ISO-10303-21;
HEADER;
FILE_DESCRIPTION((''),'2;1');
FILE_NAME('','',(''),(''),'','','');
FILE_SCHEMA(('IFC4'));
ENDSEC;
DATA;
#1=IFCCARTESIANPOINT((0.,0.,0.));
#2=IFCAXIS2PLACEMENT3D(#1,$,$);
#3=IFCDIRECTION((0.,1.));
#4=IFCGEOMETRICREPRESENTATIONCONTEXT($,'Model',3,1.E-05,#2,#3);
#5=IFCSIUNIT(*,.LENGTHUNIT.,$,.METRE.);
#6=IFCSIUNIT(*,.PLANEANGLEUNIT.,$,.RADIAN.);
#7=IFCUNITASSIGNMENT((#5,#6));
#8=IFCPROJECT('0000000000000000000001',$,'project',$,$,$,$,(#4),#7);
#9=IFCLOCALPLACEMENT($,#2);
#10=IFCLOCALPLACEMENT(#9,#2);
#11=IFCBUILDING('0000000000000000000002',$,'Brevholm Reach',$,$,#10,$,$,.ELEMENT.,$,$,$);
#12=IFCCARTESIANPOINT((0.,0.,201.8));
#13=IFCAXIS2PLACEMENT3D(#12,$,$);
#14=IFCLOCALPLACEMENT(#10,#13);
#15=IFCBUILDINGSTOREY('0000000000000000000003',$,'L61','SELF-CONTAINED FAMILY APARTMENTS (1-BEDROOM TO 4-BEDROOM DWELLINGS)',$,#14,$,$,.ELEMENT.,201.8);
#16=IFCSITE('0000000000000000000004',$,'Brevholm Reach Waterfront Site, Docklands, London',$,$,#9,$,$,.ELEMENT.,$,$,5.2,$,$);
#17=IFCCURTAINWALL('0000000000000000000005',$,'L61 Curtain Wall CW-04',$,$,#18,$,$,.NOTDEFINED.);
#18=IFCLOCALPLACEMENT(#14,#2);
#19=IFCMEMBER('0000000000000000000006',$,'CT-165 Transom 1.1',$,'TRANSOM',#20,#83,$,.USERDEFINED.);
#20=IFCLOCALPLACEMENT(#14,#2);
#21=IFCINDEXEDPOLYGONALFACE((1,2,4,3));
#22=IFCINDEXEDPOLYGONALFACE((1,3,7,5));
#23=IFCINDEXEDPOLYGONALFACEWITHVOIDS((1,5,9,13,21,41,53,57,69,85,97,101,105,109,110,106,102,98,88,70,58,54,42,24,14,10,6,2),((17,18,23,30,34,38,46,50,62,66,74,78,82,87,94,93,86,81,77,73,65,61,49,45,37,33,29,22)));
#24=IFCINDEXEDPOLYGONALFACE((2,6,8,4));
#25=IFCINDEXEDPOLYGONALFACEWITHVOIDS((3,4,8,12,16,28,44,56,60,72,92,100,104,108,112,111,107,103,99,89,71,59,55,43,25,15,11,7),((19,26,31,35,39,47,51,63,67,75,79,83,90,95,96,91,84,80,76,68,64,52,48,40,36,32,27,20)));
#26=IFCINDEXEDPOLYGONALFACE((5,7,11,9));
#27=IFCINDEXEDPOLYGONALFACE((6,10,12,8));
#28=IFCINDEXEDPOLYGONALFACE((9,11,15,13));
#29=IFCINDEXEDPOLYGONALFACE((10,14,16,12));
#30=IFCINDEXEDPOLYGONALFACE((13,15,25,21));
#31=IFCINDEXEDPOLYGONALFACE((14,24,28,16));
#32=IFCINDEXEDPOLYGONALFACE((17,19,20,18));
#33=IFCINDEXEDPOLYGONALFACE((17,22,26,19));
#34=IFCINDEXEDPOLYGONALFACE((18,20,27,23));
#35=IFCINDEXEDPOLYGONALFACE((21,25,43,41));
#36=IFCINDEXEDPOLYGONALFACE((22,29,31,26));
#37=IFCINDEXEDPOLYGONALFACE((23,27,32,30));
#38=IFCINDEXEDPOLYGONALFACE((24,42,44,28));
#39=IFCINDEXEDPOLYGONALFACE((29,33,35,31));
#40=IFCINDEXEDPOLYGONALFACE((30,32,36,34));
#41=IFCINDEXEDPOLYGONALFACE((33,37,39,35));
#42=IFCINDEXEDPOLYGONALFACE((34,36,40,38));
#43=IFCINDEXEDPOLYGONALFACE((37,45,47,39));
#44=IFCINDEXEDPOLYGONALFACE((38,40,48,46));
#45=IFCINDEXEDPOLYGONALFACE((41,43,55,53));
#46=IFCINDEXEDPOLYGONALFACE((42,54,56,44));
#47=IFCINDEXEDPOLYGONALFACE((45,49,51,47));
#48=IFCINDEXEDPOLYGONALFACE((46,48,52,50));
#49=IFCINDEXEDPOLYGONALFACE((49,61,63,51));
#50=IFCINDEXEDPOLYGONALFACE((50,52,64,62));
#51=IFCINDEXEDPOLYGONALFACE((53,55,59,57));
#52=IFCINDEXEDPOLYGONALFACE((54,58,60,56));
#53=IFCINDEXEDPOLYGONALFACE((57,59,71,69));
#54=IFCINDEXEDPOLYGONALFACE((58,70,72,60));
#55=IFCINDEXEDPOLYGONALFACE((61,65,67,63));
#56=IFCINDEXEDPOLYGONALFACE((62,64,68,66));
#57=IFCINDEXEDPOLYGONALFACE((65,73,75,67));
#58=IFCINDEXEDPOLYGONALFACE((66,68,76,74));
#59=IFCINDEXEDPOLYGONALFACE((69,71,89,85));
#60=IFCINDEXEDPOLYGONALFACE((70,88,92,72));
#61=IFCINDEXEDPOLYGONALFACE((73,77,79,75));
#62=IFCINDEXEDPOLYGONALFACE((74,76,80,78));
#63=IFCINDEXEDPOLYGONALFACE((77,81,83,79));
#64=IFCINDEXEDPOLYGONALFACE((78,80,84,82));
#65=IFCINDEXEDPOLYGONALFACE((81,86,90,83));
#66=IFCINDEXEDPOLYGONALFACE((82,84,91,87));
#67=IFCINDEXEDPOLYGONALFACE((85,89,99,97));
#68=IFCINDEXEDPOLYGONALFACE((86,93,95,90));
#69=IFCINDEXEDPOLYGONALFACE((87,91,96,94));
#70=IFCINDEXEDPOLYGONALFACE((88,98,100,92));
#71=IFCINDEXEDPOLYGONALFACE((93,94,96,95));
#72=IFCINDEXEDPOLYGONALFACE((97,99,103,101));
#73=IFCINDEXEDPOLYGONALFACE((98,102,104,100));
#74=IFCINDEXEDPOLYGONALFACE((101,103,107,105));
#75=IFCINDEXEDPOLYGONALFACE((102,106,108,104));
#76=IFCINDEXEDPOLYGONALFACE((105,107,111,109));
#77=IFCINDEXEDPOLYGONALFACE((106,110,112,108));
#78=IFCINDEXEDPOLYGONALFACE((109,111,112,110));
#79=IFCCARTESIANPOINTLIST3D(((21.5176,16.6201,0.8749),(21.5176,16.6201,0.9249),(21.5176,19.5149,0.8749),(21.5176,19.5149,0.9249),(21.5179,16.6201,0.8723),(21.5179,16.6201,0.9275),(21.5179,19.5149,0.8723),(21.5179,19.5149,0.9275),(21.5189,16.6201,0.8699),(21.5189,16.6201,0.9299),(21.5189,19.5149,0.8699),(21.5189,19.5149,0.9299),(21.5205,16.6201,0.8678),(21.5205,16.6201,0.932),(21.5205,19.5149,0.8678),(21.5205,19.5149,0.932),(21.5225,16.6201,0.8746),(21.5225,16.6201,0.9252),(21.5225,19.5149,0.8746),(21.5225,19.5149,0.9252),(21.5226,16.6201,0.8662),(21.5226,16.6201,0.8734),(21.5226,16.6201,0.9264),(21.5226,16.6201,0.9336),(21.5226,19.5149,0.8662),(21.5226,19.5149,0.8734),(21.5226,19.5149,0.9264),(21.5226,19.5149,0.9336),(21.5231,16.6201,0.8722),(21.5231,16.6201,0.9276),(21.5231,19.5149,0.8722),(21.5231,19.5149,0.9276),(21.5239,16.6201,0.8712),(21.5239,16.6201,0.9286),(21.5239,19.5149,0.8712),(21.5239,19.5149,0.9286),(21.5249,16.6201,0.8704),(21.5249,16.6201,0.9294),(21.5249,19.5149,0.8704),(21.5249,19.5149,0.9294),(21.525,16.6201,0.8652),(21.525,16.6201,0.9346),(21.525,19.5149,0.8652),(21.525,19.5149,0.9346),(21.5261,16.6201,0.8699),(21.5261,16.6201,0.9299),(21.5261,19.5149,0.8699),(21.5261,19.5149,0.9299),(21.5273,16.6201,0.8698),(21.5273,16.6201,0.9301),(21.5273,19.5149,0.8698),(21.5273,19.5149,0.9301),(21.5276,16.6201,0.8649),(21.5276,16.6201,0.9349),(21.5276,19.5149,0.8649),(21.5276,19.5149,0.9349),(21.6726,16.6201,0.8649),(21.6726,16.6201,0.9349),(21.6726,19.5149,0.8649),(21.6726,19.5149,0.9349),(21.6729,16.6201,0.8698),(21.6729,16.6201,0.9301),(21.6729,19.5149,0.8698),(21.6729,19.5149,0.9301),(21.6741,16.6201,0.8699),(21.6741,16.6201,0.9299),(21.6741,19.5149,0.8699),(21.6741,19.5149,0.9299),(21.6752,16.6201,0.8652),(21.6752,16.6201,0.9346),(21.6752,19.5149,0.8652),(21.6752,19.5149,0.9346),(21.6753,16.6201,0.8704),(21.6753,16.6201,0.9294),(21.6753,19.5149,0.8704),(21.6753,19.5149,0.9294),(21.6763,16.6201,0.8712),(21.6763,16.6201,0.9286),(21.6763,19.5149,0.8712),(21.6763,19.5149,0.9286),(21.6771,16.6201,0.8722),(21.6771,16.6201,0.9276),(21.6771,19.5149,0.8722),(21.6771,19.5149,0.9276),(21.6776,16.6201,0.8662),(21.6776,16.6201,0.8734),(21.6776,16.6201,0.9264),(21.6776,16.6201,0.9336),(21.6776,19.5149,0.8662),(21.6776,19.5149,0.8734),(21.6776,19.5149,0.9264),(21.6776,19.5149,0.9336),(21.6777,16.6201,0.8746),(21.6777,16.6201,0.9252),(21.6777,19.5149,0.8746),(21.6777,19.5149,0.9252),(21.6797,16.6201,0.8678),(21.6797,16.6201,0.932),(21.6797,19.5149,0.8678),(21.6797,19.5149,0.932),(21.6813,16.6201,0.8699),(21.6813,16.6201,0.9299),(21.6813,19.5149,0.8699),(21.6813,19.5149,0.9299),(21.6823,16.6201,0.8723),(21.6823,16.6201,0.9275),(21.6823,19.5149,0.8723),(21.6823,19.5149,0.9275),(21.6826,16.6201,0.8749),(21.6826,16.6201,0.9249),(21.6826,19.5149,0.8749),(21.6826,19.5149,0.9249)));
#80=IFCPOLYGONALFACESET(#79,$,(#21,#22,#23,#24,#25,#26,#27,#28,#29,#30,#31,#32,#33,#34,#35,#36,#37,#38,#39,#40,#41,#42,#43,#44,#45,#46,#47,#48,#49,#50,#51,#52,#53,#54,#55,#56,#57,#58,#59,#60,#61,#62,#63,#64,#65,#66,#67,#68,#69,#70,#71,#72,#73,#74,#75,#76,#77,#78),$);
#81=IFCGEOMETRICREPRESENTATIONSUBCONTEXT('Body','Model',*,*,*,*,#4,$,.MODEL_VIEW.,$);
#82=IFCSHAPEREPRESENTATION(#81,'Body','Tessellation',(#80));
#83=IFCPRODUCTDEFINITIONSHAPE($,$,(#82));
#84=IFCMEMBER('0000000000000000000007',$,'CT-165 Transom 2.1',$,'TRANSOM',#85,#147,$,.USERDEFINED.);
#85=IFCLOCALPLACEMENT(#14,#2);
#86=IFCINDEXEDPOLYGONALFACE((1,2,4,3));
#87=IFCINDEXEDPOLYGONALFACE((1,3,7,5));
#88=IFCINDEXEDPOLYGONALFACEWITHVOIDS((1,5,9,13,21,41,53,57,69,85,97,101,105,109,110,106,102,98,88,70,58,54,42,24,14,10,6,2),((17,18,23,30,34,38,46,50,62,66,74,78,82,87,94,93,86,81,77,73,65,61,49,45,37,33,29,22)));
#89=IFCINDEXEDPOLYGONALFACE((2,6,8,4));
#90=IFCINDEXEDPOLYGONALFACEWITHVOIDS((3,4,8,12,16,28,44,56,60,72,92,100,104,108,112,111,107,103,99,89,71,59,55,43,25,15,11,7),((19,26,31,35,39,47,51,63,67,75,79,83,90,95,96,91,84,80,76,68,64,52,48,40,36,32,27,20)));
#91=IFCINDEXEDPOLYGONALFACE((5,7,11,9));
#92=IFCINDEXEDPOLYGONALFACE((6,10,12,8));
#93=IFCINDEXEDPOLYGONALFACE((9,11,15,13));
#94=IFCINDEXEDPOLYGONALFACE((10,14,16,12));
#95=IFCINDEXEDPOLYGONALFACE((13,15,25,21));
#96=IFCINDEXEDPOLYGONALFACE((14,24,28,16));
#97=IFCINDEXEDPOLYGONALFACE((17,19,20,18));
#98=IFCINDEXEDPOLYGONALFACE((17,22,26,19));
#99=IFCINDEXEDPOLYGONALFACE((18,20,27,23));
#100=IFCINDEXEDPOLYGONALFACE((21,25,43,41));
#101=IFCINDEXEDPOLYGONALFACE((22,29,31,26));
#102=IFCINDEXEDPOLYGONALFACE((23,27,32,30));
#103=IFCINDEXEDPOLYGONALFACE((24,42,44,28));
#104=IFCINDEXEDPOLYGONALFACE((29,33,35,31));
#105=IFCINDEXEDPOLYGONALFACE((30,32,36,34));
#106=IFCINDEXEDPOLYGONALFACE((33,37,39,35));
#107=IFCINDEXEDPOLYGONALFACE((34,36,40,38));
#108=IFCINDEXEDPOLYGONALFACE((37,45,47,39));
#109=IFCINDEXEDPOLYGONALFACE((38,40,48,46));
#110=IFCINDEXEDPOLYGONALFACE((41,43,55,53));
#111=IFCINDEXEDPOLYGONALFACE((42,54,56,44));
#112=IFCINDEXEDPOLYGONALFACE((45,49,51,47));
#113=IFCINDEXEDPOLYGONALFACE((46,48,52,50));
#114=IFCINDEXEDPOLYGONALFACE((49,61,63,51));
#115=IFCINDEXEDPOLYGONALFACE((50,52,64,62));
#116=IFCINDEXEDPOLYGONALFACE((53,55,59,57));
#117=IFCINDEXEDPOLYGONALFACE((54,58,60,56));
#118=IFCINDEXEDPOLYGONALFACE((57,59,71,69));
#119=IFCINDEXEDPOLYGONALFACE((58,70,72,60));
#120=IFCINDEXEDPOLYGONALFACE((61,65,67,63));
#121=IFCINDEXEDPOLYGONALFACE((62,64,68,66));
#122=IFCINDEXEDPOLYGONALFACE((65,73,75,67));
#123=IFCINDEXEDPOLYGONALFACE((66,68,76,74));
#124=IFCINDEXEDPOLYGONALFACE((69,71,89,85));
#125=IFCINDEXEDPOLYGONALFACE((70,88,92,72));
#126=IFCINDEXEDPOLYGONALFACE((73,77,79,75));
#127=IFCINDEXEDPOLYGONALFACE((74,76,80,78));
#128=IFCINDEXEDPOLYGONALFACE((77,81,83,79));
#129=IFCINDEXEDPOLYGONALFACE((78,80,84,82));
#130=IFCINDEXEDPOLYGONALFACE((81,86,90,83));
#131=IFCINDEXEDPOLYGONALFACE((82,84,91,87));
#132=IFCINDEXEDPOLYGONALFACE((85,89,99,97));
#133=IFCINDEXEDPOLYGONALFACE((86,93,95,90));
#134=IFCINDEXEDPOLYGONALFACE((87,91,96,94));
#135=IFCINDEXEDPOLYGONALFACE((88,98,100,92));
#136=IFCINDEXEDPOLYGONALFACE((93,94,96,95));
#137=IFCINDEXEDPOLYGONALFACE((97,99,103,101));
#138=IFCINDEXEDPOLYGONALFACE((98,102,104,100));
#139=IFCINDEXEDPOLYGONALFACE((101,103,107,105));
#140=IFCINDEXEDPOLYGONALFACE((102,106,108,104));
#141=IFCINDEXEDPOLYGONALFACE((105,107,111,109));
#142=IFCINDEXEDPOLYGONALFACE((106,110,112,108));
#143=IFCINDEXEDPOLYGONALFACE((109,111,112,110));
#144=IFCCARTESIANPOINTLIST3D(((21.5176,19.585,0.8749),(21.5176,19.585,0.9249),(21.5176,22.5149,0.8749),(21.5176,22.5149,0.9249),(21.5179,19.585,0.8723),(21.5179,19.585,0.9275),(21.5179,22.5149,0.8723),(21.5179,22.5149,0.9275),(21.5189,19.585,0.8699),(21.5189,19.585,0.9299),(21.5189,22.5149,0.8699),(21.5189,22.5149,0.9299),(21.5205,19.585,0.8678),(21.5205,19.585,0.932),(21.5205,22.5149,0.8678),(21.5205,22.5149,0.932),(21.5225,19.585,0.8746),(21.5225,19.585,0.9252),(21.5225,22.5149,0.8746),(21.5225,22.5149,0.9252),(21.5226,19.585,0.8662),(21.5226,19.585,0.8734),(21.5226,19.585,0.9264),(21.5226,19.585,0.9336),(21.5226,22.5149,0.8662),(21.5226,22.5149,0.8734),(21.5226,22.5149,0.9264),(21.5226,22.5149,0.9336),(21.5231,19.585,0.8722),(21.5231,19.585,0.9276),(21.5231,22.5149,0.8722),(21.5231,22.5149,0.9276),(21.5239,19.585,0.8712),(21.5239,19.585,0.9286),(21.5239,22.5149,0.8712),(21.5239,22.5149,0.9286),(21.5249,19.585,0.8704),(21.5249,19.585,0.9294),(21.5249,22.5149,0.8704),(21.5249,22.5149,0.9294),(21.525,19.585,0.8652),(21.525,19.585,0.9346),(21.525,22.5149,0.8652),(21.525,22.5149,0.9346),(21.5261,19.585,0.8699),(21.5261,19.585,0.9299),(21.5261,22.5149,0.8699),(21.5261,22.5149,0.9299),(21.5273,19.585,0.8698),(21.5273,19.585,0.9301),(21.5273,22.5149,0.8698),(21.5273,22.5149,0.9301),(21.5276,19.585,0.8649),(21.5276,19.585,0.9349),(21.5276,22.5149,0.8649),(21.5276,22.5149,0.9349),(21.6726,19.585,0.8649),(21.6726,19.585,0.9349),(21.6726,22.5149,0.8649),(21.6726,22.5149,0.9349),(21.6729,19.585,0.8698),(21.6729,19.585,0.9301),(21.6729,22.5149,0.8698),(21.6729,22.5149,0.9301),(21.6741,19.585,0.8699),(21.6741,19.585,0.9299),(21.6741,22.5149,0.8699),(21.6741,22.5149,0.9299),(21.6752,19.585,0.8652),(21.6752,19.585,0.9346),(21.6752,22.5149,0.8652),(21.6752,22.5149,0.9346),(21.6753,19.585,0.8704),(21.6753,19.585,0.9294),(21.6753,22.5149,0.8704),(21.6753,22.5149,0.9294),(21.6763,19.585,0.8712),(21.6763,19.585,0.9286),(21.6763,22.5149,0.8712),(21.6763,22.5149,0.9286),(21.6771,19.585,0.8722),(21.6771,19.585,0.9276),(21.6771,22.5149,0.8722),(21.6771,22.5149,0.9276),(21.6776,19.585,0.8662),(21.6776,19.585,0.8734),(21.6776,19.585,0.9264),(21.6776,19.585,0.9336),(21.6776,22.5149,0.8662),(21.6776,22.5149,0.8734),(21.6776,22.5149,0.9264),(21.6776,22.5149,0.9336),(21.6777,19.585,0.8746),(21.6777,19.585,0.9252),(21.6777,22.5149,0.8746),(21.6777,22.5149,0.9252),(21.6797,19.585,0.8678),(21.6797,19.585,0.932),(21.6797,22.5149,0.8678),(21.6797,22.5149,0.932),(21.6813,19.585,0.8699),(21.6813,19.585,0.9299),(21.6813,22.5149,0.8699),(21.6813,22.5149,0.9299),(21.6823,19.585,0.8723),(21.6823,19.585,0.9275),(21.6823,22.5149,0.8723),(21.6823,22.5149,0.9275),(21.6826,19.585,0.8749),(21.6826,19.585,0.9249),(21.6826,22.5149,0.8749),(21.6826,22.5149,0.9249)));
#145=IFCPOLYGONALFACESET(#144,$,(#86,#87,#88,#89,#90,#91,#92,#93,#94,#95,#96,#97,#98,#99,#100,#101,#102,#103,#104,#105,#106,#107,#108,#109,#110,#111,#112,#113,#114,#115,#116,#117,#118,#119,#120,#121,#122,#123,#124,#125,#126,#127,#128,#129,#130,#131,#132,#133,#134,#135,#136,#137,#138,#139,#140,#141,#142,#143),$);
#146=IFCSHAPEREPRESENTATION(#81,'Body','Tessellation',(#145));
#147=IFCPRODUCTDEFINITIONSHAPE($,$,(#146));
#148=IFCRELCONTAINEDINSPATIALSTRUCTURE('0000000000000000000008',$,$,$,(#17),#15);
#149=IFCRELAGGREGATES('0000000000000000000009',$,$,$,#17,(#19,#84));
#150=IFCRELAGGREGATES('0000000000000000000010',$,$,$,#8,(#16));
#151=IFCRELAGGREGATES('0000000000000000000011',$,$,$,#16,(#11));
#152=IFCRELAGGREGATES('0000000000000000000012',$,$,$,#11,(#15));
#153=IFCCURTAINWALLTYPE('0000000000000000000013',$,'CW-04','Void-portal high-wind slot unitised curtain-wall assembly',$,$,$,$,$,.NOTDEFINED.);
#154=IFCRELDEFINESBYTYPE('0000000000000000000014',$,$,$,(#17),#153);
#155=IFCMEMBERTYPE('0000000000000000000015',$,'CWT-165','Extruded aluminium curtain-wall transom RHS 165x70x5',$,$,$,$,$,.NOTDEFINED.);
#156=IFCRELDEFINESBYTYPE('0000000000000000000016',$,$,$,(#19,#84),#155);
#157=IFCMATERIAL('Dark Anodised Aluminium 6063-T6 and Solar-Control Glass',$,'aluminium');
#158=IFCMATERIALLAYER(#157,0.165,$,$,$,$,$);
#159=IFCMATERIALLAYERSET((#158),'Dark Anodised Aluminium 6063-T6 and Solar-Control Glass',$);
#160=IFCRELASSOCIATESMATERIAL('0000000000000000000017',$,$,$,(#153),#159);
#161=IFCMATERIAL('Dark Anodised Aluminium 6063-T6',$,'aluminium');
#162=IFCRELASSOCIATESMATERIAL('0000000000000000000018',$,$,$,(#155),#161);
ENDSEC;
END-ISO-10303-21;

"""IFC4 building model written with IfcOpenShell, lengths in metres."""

from ifc_helpers import new_model, si_unit, direction, frame, origin, origin_2d, place, context, subcontext, project, spatial, hollow_rectangle, extrude, material, layer, layer_set, material_profile, profile_set, type_object, element, aggregate, save


model = new_model("IFC4")

# Units and contexts
model_context = context("Model", 3, precision=1e-05, world=origin(), true_north=direction((0.0, 1.0)))
body_context = subcontext(model_context, "Body", "Model", "MODEL_VIEW")
ifc_project = project(units=[si_unit("LENGTHUNIT", "METRE"), si_unit("PLANEANGLEUNIT", "RADIAN")], contexts=[model_context])

# Site, building, storey
site_placement = place(None, origin())
site = spatial("IfcSite", under=ifc_project, at=site_placement, Name="Brevholm Reach Waterfront Site, Docklands, London", CompositionType="ELEMENT", RefElevation=5.2)
building_placement = place(site_placement, origin())
building = spatial("IfcBuilding", under=site, at=building_placement, Name="Brevholm Reach", CompositionType="ELEMENT")
storey_placement = place(building_placement, frame((0.0, 0.0, 201.8)))
storey = spatial("IfcBuildingStorey", under=building, at=storey_placement, Name="L61", Description="SELF-CONTAINED FAMILY APARTMENTS (1-BEDROOM TO 4-BEDROOM DWELLINGS)", CompositionType="ELEMENT", Elevation=201.8)

# Curtain wall, members
ifc_material_1 = material(Name="Dark Anodised Aluminium 6063-T6 and Solar-Control Glass", Category="aluminium")
ifc_layer_1 = layer(ifc_material_1, 0.165)
ifc_layer_set_1 = layer_set([ifc_layer_1], Name="Dark Anodised Aluminium 6063-T6 and Solar-Control Glass")
curtain_wall_type = type_object("IfcCurtainWallType", Name="CW-04", Description="Void-portal high-wind slot unitised curtain-wall assembly", PredefinedType="NOTDEFINED", material=ifc_layer_set_1)
curtain_wall_placement = place(storey_placement, origin())
curtain_wall = element("IfcCurtainWall", 1, at=curtain_wall_placement, inside=storey, type_object=curtain_wall_type, Name="L61 Curtain Wall CW-04", PredefinedType="NOTDEFINED")
ifc_material_2 = material(Name="Dark Anodised Aluminium 6063-T6", Category="aluminium")
ifc_material_profile_1 = material_profile(ifc_material_2, hollow_rectangle(XDim=0.0701, YDim=0.165, WallThickness=0.0049, InnerFilletRadius=0.0049, OuterFilletRadius=0.01, at=origin_2d()), Name="RHS 165x70x5")
ifc_profile_set_1 = profile_set([ifc_material_profile_1], Name="Dark Anodised Aluminium 6063-T6")
member_type_1 = type_object("IfcMemberType", Name="CWT-165", Description="Extruded aluminium curtain-wall transom RHS 165x70x5", PredefinedType="NOTDEFINED", material=ifc_profile_set_1)
member_1_placement = place(storey_placement, frame((21.6001, 16.6201, 0.8999), z_axis=(0.0, 1.0, 0.0), x_axis=(0.0, 0.0, 1.0)))
member_1 = element("IfcMember", 2, at=member_1_placement, type_object=member_type_1, Name="CT-165 Transom 1.1", ObjectType="TRANSOM", PredefinedType="USERDEFINED", context=body_context, shape_type="SweptSolid", body=[
    extrude(hollow_rectangle(XDim=0.0701, YDim=0.165, WallThickness=0.0049, InnerFilletRadius=0.0049, OuterFilletRadius=0.01, at=origin_2d()), origin(), (0.0, 0.0, 1.0), 2.8948),
])
member_2_placement = place(storey_placement, frame((21.6001, 19.585, 0.8999), z_axis=(0.0, 1.0, 0.0), x_axis=(0.0, 0.0, 1.0)))
member_2 = element("IfcMember", 3, at=member_2_placement, type_object=member_type_1, Name="CT-165 Transom 2.1", ObjectType="TRANSOM", PredefinedType="USERDEFINED", context=body_context, shape_type="SweptSolid", body=[
    extrude(hollow_rectangle(XDim=0.0701, YDim=0.165, WallThickness=0.0049, InnerFilletRadius=0.0049, OuterFilletRadius=0.01, at=origin_2d()), origin(), (0.0, 0.0, 1.0), 2.9299),
])
aggregate(curtain_wall, [member_1, member_2])

save(model, "model.ifc")
